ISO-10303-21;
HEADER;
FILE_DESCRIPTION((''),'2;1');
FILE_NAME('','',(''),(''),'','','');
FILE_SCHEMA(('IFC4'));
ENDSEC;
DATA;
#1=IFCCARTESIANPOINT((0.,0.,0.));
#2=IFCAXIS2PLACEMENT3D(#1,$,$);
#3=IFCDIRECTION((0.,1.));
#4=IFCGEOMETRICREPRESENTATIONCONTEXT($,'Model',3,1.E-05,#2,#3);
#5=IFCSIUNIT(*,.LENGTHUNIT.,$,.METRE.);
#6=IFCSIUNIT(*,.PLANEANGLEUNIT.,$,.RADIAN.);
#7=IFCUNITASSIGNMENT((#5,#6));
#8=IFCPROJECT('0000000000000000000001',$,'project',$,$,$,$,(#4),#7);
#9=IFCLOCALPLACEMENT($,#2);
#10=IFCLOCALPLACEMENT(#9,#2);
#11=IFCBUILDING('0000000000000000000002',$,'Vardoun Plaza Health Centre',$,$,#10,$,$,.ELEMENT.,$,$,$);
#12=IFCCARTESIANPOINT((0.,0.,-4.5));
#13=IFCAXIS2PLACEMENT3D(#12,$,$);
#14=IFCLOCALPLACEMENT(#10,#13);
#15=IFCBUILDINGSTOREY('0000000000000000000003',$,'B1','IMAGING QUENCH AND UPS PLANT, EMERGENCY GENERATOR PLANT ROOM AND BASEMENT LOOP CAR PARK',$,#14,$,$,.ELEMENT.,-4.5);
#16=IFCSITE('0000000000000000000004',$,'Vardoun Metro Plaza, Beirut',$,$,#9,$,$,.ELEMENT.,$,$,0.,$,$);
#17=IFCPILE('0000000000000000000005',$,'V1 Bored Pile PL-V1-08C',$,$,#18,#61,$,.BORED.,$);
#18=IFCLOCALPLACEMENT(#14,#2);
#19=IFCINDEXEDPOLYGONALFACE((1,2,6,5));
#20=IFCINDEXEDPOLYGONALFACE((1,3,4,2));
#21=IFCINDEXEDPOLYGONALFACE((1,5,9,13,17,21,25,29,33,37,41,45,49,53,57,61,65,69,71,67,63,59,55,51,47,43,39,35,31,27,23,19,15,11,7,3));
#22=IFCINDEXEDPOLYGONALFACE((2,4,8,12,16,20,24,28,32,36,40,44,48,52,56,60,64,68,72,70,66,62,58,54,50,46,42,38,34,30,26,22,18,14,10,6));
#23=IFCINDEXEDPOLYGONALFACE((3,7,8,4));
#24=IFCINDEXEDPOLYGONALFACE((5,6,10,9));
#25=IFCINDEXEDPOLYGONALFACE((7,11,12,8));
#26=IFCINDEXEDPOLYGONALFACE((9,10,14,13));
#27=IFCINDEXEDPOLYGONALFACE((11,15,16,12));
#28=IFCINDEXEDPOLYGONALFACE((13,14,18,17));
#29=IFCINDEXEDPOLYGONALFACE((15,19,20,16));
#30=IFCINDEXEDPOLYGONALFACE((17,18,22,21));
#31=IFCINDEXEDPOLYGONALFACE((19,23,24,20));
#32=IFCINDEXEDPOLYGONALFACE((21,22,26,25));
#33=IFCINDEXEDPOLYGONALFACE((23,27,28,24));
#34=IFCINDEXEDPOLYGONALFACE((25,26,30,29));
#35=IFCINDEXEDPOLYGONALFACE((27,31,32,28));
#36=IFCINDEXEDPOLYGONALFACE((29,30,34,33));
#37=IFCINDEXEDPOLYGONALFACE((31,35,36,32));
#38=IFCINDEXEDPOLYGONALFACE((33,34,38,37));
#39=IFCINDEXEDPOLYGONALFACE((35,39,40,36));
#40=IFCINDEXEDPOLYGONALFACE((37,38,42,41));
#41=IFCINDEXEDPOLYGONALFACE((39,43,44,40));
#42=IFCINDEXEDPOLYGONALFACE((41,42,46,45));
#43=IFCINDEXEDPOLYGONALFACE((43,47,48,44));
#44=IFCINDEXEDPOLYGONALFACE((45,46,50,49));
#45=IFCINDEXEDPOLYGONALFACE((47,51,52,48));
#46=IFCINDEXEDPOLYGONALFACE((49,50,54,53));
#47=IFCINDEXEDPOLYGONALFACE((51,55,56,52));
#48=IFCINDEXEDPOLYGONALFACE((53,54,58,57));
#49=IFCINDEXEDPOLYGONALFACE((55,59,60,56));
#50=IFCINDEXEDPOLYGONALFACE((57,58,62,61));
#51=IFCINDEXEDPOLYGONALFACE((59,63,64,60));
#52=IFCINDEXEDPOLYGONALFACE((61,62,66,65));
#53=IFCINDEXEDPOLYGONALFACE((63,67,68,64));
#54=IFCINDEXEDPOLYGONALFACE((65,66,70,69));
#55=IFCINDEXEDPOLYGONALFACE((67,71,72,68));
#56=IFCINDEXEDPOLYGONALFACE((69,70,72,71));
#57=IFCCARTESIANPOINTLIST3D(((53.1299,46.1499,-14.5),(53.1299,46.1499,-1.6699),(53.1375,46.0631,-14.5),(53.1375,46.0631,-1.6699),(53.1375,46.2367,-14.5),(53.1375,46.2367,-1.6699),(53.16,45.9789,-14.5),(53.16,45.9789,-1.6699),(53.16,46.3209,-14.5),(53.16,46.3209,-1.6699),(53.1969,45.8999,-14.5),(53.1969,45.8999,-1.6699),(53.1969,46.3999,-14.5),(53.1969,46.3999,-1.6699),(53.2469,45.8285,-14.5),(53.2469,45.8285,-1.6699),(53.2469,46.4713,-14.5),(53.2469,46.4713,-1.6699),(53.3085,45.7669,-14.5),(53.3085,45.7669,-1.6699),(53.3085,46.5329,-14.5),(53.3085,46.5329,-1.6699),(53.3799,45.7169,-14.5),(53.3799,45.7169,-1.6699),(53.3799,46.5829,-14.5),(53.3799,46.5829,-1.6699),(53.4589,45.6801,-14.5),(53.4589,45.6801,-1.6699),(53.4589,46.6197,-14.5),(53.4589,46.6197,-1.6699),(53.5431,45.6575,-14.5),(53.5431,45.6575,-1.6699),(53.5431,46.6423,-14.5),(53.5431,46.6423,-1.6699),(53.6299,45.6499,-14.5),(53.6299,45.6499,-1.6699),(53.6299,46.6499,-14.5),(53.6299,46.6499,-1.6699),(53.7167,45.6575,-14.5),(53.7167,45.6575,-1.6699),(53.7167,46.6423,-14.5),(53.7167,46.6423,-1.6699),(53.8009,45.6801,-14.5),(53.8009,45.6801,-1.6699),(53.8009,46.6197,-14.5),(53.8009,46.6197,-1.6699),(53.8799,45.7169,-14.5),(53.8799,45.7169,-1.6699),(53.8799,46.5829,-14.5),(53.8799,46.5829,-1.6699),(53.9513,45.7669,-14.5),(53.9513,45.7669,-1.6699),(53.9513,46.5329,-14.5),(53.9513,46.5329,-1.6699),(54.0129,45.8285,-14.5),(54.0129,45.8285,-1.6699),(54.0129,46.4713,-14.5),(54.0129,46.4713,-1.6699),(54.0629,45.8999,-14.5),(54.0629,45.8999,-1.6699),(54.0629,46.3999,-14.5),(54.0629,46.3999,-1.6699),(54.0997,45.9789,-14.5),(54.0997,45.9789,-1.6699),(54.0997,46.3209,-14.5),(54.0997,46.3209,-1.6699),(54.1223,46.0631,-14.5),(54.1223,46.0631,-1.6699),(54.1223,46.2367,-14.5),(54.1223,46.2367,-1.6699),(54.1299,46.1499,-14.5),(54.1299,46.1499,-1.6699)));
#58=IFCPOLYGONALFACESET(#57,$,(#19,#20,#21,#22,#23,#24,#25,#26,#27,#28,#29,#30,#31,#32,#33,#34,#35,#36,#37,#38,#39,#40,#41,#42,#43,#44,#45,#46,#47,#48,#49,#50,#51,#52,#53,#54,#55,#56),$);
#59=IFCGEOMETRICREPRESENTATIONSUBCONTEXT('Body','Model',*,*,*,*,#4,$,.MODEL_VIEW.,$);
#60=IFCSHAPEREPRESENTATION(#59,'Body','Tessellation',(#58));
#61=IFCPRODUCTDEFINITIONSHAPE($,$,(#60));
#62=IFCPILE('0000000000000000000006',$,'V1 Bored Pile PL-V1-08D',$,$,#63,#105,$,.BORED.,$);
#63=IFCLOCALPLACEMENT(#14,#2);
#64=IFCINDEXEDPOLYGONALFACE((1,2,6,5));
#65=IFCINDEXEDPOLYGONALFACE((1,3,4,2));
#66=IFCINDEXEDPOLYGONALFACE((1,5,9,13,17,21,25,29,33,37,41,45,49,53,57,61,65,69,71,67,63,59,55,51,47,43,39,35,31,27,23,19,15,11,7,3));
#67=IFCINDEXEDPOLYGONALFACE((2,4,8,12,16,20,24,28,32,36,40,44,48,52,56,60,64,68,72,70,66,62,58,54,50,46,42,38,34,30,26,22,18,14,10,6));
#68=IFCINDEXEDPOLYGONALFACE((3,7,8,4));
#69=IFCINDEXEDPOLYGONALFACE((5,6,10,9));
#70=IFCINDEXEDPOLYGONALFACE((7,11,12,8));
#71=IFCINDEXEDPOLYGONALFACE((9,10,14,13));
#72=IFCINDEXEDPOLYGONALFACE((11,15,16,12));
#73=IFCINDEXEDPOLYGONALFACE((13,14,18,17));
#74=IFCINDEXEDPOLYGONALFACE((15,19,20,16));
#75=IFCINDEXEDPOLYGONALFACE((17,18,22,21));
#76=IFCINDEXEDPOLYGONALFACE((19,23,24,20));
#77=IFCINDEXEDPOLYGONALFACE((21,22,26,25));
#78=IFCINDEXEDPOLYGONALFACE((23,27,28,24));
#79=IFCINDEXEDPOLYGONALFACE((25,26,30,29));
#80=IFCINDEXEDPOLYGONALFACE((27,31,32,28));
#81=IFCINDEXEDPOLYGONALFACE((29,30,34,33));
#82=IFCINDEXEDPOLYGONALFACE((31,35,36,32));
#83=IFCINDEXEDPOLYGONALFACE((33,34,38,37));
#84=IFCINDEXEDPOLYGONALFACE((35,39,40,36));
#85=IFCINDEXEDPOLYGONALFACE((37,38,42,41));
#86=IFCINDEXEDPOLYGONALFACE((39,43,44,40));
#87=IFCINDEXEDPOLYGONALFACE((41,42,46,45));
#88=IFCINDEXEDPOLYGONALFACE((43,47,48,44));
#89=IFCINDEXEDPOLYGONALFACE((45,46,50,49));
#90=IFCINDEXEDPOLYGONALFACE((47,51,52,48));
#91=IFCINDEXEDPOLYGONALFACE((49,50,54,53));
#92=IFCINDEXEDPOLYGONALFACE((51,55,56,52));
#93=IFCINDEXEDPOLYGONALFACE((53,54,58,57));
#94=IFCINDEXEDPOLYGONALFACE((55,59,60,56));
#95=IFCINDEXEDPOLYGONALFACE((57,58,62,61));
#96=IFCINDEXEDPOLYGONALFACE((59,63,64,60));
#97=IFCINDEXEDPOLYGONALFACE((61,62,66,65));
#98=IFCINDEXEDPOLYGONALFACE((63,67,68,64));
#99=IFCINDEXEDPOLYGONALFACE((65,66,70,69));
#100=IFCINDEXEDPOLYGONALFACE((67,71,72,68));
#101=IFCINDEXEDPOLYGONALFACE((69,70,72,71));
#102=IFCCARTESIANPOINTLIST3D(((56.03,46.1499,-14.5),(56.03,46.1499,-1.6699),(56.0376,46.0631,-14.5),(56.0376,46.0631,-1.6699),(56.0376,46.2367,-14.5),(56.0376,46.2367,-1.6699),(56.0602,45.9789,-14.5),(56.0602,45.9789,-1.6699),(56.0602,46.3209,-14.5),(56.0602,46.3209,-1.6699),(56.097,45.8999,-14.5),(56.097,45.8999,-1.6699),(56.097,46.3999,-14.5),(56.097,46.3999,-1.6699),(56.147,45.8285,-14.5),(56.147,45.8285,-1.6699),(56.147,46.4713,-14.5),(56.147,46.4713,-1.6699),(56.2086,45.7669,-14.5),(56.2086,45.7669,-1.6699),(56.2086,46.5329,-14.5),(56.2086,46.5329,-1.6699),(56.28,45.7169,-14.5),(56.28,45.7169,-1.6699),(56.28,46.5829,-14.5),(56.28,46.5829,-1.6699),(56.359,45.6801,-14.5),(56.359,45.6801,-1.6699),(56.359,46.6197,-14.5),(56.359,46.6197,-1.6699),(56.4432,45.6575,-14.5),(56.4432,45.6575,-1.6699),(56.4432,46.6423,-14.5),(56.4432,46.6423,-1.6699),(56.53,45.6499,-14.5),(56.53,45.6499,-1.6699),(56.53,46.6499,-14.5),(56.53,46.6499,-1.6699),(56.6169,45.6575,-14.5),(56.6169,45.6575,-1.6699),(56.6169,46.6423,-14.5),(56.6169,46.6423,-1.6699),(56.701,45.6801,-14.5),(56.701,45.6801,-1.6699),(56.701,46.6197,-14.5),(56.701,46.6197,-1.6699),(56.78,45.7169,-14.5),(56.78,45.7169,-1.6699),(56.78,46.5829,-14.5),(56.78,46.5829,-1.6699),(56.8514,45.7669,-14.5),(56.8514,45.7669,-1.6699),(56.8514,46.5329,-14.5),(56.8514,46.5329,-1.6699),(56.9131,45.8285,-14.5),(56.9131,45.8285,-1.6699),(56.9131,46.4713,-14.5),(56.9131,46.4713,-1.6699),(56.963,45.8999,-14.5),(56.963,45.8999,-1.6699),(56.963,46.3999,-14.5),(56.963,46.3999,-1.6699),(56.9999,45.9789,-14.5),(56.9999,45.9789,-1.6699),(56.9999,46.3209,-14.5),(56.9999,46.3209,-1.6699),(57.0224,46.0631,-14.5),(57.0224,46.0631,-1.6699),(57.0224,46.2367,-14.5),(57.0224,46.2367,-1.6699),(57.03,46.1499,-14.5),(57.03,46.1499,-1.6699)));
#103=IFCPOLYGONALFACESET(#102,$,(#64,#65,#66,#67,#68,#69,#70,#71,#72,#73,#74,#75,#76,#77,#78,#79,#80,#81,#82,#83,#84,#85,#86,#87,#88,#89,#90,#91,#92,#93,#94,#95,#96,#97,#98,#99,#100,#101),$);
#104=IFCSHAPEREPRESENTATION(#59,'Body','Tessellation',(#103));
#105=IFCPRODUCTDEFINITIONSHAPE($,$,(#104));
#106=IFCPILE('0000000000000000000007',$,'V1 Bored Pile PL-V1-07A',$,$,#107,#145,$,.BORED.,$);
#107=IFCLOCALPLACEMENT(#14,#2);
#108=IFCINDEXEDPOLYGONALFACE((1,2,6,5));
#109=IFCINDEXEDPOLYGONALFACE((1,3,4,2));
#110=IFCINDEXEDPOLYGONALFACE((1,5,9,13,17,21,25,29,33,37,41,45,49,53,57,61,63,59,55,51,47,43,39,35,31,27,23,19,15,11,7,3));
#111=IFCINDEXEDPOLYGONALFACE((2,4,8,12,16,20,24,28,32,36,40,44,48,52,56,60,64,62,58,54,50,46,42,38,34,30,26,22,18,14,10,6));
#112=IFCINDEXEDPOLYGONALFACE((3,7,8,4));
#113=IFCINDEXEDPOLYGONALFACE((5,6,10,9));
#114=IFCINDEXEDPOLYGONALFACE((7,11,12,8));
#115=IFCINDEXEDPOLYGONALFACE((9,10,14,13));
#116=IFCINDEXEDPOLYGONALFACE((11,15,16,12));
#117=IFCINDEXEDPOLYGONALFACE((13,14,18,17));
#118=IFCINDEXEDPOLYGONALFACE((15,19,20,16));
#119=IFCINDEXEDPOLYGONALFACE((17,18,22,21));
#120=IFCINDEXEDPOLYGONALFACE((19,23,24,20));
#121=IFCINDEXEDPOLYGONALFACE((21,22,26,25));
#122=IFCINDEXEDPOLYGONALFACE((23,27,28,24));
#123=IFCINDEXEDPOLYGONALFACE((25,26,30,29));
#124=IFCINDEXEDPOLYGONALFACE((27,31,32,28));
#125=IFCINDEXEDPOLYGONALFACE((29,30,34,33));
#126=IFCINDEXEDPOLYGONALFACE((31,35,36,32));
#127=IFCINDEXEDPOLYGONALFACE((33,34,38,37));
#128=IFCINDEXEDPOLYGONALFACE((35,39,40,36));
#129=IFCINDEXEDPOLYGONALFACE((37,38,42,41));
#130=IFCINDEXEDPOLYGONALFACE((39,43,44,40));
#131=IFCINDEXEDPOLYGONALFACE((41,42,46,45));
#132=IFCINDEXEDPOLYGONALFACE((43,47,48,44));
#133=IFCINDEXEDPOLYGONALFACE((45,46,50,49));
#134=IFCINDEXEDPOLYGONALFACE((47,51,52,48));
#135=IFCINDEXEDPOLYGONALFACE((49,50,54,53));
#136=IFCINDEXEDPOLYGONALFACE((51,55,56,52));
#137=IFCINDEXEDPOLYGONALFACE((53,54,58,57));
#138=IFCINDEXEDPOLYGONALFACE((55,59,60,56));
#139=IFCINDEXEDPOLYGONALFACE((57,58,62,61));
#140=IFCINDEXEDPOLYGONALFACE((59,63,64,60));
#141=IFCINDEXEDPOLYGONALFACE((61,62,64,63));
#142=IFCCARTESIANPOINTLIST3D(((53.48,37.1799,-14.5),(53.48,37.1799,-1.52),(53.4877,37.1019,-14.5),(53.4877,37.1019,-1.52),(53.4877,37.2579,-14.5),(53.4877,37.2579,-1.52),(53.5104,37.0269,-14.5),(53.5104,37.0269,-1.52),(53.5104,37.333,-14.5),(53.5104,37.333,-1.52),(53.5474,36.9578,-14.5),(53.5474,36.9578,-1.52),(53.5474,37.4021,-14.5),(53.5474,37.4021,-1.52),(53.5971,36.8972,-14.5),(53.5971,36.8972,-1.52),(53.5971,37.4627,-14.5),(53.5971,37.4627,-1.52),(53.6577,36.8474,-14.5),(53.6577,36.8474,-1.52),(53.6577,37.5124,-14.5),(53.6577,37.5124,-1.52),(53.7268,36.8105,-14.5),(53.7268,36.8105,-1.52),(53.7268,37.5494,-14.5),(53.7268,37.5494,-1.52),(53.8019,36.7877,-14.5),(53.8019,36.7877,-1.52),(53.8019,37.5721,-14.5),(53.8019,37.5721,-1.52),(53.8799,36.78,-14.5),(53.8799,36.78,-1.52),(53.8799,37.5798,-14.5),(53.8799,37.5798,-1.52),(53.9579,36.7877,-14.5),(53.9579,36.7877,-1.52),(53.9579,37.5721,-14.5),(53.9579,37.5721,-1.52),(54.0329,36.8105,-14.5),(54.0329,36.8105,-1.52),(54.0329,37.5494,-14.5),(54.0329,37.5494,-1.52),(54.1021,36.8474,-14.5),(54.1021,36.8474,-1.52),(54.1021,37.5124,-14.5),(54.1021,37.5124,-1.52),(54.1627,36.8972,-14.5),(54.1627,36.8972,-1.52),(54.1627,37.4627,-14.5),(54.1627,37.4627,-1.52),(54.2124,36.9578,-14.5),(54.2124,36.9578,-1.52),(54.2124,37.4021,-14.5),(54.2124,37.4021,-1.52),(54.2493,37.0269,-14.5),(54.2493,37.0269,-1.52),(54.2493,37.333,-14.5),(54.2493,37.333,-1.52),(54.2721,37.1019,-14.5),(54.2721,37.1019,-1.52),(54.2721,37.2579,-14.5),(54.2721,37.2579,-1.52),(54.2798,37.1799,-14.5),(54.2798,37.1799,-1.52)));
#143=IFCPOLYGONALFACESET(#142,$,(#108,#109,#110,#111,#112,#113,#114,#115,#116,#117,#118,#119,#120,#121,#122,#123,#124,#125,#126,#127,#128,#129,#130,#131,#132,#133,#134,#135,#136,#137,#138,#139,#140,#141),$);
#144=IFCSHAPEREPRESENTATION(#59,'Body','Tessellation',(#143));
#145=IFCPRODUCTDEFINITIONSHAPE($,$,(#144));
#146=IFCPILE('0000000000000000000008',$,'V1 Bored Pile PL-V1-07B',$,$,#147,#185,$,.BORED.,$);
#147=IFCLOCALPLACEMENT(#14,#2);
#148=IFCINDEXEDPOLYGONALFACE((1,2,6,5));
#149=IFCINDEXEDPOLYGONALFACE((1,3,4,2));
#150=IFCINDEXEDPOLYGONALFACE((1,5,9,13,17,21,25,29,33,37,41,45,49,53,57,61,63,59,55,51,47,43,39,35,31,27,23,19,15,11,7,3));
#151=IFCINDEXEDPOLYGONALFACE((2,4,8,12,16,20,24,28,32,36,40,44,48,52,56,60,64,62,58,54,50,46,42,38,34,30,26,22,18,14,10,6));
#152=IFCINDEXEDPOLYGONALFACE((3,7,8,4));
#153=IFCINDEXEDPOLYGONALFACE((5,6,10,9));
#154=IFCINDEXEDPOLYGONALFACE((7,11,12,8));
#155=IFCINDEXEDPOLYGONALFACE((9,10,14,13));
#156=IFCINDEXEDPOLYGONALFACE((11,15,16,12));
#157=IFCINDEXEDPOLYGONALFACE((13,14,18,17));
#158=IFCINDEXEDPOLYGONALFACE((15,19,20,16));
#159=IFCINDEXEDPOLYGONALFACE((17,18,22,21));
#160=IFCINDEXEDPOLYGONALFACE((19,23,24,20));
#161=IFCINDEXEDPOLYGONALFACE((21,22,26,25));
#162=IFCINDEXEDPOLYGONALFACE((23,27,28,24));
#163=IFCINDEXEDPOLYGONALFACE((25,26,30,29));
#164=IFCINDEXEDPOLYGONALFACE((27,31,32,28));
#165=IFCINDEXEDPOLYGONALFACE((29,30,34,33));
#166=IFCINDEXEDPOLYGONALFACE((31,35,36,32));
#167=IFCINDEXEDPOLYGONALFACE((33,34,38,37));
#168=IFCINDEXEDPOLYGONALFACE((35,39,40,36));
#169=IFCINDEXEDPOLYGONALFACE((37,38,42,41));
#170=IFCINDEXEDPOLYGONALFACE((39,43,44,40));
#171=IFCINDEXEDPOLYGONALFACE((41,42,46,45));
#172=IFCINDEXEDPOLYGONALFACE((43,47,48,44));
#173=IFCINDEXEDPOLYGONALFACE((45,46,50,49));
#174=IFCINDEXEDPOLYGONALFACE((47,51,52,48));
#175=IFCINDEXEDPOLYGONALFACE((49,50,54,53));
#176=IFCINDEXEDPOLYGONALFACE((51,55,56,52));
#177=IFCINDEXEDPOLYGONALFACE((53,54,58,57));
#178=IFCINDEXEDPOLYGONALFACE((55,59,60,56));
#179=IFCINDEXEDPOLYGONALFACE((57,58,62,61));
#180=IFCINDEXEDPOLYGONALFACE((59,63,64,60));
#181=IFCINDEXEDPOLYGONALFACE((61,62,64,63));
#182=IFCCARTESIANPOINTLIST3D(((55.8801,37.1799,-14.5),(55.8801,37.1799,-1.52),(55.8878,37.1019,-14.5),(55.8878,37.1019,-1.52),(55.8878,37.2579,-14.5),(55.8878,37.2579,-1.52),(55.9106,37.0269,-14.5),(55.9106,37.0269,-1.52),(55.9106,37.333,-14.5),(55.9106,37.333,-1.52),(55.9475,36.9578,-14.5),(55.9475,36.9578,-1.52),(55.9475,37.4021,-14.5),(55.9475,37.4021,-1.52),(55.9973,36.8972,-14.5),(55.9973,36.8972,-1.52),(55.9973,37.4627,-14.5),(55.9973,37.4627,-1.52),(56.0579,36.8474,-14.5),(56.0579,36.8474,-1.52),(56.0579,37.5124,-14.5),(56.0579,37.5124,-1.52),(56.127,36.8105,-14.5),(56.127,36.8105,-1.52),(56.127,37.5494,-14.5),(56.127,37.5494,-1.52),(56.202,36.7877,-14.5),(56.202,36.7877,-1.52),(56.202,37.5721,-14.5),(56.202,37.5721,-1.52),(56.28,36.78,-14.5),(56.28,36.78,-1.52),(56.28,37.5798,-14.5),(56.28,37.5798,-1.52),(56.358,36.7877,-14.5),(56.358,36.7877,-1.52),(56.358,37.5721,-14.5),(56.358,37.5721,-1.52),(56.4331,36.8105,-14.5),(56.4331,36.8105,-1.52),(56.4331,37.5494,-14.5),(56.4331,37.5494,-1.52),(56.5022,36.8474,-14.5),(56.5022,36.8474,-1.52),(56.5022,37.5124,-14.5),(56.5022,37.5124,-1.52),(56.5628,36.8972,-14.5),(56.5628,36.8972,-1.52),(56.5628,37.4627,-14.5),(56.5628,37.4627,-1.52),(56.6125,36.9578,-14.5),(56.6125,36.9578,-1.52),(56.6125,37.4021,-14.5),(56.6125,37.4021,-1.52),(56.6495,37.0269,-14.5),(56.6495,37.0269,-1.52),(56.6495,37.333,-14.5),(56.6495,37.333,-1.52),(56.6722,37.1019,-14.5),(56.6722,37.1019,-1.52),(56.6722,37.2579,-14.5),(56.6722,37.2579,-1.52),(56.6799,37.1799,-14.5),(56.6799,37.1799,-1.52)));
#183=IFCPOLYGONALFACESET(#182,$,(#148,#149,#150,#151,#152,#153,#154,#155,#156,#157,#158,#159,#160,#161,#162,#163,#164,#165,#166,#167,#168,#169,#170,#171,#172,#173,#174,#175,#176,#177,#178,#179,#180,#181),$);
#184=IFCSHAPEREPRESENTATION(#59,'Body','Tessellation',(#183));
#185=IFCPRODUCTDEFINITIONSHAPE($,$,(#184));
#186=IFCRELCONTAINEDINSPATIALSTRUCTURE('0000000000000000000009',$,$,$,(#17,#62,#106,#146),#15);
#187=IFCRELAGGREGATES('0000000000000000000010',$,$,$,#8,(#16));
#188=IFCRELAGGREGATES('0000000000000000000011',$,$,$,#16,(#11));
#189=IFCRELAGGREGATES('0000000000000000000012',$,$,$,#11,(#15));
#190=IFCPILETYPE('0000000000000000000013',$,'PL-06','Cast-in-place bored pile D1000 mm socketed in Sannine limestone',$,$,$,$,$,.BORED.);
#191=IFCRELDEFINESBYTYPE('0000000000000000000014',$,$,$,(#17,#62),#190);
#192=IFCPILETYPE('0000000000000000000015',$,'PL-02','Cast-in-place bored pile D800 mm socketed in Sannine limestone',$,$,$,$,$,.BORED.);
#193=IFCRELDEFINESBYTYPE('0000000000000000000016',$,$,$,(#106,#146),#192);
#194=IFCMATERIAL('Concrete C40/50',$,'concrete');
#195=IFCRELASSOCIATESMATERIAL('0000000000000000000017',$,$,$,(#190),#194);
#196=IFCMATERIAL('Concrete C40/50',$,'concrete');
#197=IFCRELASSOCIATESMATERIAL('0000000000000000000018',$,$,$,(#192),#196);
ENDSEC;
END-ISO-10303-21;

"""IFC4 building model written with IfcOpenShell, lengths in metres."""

from ifc_helpers import new_model, si_unit, direction, frame, origin, origin_2d, place, context, subcontext, project, spatial, circle, extrude, material, material_profile, profile_set, type_object, element, save


model = new_model("IFC4")

# Units and contexts
model_context = context("Model", 3, precision=1e-05, world=origin(), true_north=direction((0.0, 1.0)))
body_context = subcontext(model_context, "Body", "Model", "MODEL_VIEW")
ifc_project = project(units=[si_unit("LENGTHUNIT", "METRE"), si_unit("PLANEANGLEUNIT", "RADIAN")], contexts=[model_context])

# Site, building, storey
site_placement = place(None, origin())
site = spatial("IfcSite", under=ifc_project, at=site_placement, Name="Vardoun Metro Plaza, Beirut", CompositionType="ELEMENT", RefElevation=0.0)
building_placement = place(site_placement, origin())
building = spatial("IfcBuilding", under=site, at=building_placement, Name="Vardoun Plaza Health Centre", CompositionType="ELEMENT")
storey_placement = place(building_placement, frame((0.0, 0.0, -4.5)))
storey = spatial("IfcBuildingStorey", under=building, at=storey_placement, Name="B1", Description="IMAGING QUENCH AND UPS PLANT, EMERGENCY GENERATOR PLANT ROOM AND BASEMENT LOOP CAR PARK", CompositionType="ELEMENT", Elevation=-4.5)

# Piles
ifc_material_1 = material(Name="Concrete C40/50", Category="concrete")
ifc_material_profile_1 = material_profile(ifc_material_1, circle(Radius=0.5, at=origin_2d()), Name="PILE D1000")
ifc_profile_set_1 = profile_set([ifc_material_profile_1], Name="Concrete C40/50")
pile_type_1 = type_object("IfcPileType", Name="PL-06", Description="Cast-in-place bored pile D1000 mm socketed in Sannine limestone", PredefinedType="BORED", material=ifc_profile_set_1)
for number, where, z_axis, x_axis, name in (
    (1, (53.6299, 46.1499, -1.6699), (0.0, 0.0, -1.0), (1.0, 0.0, 0.0), "V1 Bored Pile PL-V1-08C"),
    (2, (56.53, 46.1499, -1.6699), (0.0, 0.0, -1.0), (1.0, 0.0, 0.0), "V1 Bored Pile PL-V1-08D"),
):
    element("IfcPile", number, at=place(storey_placement, frame(where, z_axis=z_axis, x_axis=x_axis)), inside=storey, type_object=pile_type_1, Name=name, PredefinedType="BORED", context=body_context, shape_type="SweptSolid", body=[
        extrude(circle(Radius=0.5, at=origin_2d()), origin(), (0.0, 0.0, 1.0), 12.8301),
    ])
ifc_material_2 = material(Name="Concrete C40/50", Category="concrete")
ifc_material_profile_2 = material_profile(ifc_material_2, circle(Radius=0.3999, at=origin_2d()), Name="PILE D800")
ifc_profile_set_2 = profile_set([ifc_material_profile_2], Name="Concrete C40/50")
pile_type_2 = type_object("IfcPileType", Name="PL-02", Description="Cast-in-place bored pile D800 mm socketed in Sannine limestone", PredefinedType="BORED", material=ifc_profile_set_2)
for number, where, z_axis, x_axis, name in (
    (3, (53.8799, 37.1799, -1.52), (0.0, 0.0, -1.0), (1.0, 0.0, 0.0), "V1 Bored Pile PL-V1-07A"),
    (4, (56.28, 37.1799, -1.52), (0.0, 0.0, -1.0), (1.0, 0.0, 0.0), "V1 Bored Pile PL-V1-07B"),
):
    element("IfcPile", number, at=place(storey_placement, frame(where, z_axis=z_axis, x_axis=x_axis)), inside=storey, type_object=pile_type_2, Name=name, PredefinedType="BORED", context=body_context, shape_type="SweptSolid", body=[
        extrude(circle(Radius=0.3999, at=origin_2d()), origin(), (0.0, 0.0, 1.0), 12.98),
    ])

save(model, "model.ifc")
